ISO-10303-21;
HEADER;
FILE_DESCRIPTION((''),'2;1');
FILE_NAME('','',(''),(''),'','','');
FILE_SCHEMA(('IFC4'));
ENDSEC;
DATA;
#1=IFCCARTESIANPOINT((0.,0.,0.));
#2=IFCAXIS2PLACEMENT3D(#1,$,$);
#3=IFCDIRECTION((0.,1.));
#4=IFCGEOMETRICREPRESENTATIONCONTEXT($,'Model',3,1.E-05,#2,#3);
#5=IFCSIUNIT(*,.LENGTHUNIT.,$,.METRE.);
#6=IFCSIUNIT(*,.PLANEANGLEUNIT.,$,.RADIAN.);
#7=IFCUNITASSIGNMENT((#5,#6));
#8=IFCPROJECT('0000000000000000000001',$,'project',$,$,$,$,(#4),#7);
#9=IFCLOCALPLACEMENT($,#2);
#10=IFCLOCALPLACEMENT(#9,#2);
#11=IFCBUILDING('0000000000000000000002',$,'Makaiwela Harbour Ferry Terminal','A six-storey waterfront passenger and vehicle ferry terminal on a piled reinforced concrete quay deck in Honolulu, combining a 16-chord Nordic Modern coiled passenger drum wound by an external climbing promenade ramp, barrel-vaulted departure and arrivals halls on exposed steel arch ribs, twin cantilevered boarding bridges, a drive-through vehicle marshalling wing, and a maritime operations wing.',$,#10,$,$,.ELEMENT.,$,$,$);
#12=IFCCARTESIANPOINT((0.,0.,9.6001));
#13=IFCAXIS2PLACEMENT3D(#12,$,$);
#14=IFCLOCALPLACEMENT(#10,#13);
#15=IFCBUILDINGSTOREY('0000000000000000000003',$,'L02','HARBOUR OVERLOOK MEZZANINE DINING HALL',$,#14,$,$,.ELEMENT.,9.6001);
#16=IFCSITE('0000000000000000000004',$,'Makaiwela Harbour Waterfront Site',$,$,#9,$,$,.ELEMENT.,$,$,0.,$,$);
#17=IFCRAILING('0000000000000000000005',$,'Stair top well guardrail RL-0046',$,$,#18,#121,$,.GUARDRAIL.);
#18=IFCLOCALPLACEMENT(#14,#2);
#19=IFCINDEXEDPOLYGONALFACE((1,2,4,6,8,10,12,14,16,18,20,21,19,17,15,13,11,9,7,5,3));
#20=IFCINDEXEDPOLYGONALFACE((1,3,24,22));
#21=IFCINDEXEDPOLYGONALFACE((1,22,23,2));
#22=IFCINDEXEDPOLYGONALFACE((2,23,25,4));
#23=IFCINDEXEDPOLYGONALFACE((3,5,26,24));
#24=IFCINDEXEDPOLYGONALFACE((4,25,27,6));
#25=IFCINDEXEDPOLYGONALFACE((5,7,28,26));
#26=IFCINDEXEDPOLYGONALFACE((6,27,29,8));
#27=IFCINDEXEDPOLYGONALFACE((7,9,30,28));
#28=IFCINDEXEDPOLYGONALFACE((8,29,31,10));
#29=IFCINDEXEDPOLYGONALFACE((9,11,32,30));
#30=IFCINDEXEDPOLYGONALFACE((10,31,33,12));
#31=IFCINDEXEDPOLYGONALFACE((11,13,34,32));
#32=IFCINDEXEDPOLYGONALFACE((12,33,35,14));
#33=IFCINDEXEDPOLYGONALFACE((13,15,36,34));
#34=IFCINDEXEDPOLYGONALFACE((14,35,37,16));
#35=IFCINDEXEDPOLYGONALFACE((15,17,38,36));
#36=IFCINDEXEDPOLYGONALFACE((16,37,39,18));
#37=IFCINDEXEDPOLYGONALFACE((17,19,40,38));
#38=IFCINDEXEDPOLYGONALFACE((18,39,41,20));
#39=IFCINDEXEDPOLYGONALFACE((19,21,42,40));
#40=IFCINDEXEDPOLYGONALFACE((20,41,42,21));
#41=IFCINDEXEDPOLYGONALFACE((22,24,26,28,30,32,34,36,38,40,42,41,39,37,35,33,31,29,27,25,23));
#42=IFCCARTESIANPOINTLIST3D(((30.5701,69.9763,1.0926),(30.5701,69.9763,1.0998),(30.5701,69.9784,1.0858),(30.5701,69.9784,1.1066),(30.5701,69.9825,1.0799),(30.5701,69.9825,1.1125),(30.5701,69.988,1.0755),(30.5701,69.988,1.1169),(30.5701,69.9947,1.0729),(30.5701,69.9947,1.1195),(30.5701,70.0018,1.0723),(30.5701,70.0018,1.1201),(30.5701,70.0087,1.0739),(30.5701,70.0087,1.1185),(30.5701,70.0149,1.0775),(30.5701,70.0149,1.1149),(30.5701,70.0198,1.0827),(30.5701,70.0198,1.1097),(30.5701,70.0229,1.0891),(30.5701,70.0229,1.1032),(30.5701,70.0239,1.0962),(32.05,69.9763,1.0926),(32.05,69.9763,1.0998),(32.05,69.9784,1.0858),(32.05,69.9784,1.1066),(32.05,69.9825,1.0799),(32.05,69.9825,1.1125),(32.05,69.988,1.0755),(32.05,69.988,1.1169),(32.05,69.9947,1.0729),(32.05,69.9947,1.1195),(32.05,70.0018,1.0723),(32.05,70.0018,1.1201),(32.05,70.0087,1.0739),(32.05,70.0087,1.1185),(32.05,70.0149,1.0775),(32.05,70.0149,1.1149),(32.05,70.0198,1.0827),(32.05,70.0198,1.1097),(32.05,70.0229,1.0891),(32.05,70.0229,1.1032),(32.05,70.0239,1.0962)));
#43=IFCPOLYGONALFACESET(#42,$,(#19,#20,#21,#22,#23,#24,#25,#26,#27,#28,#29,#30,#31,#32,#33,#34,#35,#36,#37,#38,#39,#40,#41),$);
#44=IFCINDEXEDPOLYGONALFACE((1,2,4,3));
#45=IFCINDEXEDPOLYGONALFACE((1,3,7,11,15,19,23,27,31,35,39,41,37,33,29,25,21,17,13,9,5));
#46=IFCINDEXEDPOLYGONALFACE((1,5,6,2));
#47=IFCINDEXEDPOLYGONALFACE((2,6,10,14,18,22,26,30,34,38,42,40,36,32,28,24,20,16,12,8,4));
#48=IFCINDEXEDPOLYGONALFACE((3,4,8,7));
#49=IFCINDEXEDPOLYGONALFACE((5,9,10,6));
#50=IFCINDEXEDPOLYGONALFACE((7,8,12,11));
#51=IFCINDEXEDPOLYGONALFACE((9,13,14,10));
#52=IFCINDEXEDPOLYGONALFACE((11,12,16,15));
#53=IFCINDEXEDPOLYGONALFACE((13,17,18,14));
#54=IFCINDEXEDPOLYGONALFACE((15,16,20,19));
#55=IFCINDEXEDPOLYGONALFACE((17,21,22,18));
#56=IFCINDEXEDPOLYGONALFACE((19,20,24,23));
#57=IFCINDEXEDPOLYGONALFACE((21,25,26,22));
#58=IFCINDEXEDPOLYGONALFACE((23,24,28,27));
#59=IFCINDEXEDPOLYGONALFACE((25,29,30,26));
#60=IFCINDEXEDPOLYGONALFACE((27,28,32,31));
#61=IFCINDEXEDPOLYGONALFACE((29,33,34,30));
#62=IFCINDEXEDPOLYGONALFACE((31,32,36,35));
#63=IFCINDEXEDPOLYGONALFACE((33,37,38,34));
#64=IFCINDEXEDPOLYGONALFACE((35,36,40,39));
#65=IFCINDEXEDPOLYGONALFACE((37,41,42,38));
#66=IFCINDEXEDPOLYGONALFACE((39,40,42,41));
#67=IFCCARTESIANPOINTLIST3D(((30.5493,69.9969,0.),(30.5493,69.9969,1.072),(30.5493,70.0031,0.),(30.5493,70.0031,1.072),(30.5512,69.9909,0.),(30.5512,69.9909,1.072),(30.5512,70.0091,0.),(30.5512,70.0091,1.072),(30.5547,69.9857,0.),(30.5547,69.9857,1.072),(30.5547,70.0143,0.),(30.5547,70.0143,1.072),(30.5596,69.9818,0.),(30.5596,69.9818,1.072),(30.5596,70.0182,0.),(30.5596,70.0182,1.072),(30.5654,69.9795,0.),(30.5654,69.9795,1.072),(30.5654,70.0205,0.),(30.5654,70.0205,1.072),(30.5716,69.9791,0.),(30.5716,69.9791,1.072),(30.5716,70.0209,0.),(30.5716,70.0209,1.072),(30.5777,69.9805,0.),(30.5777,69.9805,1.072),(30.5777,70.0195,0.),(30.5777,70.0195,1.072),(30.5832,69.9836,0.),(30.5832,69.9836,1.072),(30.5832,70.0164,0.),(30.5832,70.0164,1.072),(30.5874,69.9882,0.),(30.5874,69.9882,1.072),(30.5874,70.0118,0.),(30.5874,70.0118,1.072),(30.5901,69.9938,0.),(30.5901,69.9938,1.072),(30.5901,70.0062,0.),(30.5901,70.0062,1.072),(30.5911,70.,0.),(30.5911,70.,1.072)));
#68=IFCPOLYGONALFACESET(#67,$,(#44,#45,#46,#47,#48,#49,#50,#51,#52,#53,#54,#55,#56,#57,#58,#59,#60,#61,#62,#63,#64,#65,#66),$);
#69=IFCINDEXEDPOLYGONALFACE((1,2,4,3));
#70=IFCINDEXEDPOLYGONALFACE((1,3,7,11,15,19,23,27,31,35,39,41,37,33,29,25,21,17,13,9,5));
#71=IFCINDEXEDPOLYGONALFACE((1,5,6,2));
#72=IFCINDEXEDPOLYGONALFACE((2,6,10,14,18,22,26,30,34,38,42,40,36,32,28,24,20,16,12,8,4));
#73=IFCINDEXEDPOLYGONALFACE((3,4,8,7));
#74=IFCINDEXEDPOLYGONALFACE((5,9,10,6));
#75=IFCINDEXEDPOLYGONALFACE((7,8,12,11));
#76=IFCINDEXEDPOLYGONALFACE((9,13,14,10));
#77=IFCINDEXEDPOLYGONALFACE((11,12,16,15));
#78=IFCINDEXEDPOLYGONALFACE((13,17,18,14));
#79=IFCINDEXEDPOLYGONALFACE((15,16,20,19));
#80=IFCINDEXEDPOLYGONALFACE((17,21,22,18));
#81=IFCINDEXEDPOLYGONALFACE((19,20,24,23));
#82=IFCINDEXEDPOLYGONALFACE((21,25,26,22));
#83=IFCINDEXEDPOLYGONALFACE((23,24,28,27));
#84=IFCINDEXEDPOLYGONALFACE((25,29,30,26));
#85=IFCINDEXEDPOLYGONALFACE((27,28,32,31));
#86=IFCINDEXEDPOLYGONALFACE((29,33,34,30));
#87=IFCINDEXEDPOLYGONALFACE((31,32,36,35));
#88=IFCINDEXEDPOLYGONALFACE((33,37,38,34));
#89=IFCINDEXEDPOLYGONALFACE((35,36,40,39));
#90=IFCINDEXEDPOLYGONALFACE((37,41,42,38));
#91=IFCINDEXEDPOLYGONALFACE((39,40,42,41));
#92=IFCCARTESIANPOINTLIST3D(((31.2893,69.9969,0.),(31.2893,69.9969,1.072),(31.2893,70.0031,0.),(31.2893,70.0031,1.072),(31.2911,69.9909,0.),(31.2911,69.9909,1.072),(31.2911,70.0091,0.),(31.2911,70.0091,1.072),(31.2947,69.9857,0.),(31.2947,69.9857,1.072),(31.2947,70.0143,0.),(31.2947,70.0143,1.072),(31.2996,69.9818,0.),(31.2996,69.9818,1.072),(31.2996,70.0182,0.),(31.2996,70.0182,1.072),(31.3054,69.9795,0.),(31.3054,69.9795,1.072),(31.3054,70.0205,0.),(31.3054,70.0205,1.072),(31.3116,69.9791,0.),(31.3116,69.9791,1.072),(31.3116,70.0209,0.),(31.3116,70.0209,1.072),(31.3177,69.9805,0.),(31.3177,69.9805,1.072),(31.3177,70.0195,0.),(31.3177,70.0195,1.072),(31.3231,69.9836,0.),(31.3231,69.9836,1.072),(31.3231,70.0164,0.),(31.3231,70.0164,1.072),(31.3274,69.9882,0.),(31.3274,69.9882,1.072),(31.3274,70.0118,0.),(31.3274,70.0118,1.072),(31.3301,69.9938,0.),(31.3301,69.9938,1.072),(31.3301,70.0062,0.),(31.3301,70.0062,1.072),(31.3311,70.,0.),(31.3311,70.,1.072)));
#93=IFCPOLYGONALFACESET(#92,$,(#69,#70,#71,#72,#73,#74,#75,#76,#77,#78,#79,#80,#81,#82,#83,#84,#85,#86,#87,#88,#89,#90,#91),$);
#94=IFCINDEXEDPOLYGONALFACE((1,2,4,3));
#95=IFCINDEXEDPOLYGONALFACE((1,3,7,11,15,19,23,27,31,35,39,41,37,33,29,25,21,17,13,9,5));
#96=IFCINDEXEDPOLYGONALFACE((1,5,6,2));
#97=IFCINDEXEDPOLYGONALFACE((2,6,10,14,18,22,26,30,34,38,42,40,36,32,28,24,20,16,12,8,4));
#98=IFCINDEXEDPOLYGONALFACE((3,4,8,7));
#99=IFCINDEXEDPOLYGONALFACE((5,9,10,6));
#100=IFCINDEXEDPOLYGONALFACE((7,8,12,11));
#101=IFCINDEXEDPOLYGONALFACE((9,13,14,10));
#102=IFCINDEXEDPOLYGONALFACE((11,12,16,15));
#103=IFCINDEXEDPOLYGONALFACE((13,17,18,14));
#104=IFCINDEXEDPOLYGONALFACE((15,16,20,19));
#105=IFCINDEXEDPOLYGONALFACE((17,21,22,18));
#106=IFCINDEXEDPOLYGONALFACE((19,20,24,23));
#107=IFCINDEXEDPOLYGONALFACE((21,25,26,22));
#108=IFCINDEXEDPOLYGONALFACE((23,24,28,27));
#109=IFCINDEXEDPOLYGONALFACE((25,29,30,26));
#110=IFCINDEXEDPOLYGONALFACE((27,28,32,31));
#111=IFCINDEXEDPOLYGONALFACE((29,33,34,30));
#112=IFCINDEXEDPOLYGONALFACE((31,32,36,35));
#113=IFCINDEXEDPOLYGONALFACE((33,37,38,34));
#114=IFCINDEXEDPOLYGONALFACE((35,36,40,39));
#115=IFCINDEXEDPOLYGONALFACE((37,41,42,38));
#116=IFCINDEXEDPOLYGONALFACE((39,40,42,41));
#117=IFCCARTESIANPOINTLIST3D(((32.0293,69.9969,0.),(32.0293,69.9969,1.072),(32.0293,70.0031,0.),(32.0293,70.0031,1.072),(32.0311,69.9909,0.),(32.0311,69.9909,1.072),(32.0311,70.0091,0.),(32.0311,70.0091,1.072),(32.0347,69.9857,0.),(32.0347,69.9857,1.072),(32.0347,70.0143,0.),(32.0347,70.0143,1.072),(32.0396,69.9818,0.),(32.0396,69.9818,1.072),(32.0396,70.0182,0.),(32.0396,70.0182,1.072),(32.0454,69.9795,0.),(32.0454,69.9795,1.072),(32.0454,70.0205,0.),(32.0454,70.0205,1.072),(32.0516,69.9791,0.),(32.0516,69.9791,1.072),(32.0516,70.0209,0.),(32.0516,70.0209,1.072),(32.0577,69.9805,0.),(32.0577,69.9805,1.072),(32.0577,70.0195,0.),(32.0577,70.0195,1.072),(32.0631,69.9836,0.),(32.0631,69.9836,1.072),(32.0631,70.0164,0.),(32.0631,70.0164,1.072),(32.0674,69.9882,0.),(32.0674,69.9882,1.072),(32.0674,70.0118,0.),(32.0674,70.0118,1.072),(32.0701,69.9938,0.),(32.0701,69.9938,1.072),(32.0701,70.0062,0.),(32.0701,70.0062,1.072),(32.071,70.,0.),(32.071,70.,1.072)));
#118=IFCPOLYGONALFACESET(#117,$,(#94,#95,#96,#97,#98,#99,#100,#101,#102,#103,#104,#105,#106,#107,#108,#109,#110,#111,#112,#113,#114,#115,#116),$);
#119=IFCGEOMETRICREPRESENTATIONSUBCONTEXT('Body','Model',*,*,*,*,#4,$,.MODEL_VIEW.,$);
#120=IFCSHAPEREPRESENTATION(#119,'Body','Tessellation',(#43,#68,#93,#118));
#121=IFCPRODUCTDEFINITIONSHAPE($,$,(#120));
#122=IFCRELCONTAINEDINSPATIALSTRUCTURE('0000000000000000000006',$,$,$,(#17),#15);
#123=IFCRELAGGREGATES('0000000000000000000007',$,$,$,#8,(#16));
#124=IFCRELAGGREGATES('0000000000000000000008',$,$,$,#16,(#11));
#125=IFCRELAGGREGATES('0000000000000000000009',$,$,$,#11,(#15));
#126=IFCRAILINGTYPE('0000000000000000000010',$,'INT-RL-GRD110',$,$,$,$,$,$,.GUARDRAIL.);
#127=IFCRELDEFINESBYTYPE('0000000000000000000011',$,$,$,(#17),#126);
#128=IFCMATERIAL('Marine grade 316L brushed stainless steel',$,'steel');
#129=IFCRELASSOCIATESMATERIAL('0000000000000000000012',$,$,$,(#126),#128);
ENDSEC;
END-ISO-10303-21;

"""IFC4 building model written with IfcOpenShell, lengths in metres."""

from ifc_helpers import new_model, si_unit, direction, frame, origin, origin_2d, place, context, subcontext, project, spatial, circle, extrude, material, type_object, element, save


model = new_model("IFC4")

# Units and contexts
model_context = context("Model", 3, precision=1e-05, world=origin(), true_north=direction((0.0, 1.0)))
body_context = subcontext(model_context, "Body", "Model", "MODEL_VIEW")
ifc_project = project(units=[si_unit("LENGTHUNIT", "METRE"), si_unit("PLANEANGLEUNIT", "RADIAN")], contexts=[model_context])

# Site, building, storey
site_placement = place(None, origin())
site = spatial("IfcSite", under=ifc_project, at=site_placement, Name="Makaiwela Harbour Waterfront Site", CompositionType="ELEMENT", RefElevation=0.0)
building_placement = place(site_placement, origin())
building = spatial("IfcBuilding", under=site, at=building_placement, Name="Makaiwela Harbour Ferry Terminal", Description="A six-storey waterfront passenger and vehicle ferry terminal on a piled reinforced concrete quay deck in Honolulu, combining a 16-chord Nordic Modern coiled passenger drum wound by an external climbing promenade ramp, barrel-vaulted departure and arrivals halls on exposed steel arch ribs, twin cantilevered boarding bridges, a drive-through vehicle marshalling wing, and a maritime operations wing.", CompositionType="ELEMENT")
storey_placement = place(building_placement, frame((0.0, 0.0, 9.6001)))
storey = spatial("IfcBuildingStorey", under=building, at=storey_placement, Name="L02", Description="HARBOUR OVERLOOK MEZZANINE DINING HALL", CompositionType="ELEMENT", Elevation=9.6001)

# Shared definitions
ifc_material_1 = material(Name="Marine grade 316L brushed stainless steel", Category="steel")

# Railing
railing_type_1 = type_object("IfcRailingType", Name="INT-RL-GRD110", PredefinedType="GUARDRAIL", material=ifc_material_1)
railing_1_placement = place(storey_placement, frame((30.5701, 70.0, 0.0)))
element("IfcRailing", 1, at=railing_1_placement, inside=storey, type_object=railing_type_1, Name="Stair top well guardrail RL-0046", PredefinedType="GUARDRAIL", context=body_context, shape_type="SweptSolid", body=[
    extrude(circle(Radius=0.0239, at=origin_2d()), frame((0.0, 0.0, 1.0962), z_axis=(1.0, 0.0, 0.0), x_axis=(0.0, 1.0, 0.0)), (0.0, 0.0, 1.0), 1.48),
    extrude(circle(Radius=0.021, at=origin_2d()), origin(), (0.0, 0.0, 1.0), 1.072),
    extrude(circle(Radius=0.021, at=origin_2d()), frame((0.74, 0.0, 0.0)), (0.0, 0.0, 1.0), 1.072),
    extrude(circle(Radius=0.021, at=origin_2d()), frame((1.48, 0.0, 0.0)), (0.0, 0.0, 1.0), 1.072),
])

save(model, "model.ifc")
